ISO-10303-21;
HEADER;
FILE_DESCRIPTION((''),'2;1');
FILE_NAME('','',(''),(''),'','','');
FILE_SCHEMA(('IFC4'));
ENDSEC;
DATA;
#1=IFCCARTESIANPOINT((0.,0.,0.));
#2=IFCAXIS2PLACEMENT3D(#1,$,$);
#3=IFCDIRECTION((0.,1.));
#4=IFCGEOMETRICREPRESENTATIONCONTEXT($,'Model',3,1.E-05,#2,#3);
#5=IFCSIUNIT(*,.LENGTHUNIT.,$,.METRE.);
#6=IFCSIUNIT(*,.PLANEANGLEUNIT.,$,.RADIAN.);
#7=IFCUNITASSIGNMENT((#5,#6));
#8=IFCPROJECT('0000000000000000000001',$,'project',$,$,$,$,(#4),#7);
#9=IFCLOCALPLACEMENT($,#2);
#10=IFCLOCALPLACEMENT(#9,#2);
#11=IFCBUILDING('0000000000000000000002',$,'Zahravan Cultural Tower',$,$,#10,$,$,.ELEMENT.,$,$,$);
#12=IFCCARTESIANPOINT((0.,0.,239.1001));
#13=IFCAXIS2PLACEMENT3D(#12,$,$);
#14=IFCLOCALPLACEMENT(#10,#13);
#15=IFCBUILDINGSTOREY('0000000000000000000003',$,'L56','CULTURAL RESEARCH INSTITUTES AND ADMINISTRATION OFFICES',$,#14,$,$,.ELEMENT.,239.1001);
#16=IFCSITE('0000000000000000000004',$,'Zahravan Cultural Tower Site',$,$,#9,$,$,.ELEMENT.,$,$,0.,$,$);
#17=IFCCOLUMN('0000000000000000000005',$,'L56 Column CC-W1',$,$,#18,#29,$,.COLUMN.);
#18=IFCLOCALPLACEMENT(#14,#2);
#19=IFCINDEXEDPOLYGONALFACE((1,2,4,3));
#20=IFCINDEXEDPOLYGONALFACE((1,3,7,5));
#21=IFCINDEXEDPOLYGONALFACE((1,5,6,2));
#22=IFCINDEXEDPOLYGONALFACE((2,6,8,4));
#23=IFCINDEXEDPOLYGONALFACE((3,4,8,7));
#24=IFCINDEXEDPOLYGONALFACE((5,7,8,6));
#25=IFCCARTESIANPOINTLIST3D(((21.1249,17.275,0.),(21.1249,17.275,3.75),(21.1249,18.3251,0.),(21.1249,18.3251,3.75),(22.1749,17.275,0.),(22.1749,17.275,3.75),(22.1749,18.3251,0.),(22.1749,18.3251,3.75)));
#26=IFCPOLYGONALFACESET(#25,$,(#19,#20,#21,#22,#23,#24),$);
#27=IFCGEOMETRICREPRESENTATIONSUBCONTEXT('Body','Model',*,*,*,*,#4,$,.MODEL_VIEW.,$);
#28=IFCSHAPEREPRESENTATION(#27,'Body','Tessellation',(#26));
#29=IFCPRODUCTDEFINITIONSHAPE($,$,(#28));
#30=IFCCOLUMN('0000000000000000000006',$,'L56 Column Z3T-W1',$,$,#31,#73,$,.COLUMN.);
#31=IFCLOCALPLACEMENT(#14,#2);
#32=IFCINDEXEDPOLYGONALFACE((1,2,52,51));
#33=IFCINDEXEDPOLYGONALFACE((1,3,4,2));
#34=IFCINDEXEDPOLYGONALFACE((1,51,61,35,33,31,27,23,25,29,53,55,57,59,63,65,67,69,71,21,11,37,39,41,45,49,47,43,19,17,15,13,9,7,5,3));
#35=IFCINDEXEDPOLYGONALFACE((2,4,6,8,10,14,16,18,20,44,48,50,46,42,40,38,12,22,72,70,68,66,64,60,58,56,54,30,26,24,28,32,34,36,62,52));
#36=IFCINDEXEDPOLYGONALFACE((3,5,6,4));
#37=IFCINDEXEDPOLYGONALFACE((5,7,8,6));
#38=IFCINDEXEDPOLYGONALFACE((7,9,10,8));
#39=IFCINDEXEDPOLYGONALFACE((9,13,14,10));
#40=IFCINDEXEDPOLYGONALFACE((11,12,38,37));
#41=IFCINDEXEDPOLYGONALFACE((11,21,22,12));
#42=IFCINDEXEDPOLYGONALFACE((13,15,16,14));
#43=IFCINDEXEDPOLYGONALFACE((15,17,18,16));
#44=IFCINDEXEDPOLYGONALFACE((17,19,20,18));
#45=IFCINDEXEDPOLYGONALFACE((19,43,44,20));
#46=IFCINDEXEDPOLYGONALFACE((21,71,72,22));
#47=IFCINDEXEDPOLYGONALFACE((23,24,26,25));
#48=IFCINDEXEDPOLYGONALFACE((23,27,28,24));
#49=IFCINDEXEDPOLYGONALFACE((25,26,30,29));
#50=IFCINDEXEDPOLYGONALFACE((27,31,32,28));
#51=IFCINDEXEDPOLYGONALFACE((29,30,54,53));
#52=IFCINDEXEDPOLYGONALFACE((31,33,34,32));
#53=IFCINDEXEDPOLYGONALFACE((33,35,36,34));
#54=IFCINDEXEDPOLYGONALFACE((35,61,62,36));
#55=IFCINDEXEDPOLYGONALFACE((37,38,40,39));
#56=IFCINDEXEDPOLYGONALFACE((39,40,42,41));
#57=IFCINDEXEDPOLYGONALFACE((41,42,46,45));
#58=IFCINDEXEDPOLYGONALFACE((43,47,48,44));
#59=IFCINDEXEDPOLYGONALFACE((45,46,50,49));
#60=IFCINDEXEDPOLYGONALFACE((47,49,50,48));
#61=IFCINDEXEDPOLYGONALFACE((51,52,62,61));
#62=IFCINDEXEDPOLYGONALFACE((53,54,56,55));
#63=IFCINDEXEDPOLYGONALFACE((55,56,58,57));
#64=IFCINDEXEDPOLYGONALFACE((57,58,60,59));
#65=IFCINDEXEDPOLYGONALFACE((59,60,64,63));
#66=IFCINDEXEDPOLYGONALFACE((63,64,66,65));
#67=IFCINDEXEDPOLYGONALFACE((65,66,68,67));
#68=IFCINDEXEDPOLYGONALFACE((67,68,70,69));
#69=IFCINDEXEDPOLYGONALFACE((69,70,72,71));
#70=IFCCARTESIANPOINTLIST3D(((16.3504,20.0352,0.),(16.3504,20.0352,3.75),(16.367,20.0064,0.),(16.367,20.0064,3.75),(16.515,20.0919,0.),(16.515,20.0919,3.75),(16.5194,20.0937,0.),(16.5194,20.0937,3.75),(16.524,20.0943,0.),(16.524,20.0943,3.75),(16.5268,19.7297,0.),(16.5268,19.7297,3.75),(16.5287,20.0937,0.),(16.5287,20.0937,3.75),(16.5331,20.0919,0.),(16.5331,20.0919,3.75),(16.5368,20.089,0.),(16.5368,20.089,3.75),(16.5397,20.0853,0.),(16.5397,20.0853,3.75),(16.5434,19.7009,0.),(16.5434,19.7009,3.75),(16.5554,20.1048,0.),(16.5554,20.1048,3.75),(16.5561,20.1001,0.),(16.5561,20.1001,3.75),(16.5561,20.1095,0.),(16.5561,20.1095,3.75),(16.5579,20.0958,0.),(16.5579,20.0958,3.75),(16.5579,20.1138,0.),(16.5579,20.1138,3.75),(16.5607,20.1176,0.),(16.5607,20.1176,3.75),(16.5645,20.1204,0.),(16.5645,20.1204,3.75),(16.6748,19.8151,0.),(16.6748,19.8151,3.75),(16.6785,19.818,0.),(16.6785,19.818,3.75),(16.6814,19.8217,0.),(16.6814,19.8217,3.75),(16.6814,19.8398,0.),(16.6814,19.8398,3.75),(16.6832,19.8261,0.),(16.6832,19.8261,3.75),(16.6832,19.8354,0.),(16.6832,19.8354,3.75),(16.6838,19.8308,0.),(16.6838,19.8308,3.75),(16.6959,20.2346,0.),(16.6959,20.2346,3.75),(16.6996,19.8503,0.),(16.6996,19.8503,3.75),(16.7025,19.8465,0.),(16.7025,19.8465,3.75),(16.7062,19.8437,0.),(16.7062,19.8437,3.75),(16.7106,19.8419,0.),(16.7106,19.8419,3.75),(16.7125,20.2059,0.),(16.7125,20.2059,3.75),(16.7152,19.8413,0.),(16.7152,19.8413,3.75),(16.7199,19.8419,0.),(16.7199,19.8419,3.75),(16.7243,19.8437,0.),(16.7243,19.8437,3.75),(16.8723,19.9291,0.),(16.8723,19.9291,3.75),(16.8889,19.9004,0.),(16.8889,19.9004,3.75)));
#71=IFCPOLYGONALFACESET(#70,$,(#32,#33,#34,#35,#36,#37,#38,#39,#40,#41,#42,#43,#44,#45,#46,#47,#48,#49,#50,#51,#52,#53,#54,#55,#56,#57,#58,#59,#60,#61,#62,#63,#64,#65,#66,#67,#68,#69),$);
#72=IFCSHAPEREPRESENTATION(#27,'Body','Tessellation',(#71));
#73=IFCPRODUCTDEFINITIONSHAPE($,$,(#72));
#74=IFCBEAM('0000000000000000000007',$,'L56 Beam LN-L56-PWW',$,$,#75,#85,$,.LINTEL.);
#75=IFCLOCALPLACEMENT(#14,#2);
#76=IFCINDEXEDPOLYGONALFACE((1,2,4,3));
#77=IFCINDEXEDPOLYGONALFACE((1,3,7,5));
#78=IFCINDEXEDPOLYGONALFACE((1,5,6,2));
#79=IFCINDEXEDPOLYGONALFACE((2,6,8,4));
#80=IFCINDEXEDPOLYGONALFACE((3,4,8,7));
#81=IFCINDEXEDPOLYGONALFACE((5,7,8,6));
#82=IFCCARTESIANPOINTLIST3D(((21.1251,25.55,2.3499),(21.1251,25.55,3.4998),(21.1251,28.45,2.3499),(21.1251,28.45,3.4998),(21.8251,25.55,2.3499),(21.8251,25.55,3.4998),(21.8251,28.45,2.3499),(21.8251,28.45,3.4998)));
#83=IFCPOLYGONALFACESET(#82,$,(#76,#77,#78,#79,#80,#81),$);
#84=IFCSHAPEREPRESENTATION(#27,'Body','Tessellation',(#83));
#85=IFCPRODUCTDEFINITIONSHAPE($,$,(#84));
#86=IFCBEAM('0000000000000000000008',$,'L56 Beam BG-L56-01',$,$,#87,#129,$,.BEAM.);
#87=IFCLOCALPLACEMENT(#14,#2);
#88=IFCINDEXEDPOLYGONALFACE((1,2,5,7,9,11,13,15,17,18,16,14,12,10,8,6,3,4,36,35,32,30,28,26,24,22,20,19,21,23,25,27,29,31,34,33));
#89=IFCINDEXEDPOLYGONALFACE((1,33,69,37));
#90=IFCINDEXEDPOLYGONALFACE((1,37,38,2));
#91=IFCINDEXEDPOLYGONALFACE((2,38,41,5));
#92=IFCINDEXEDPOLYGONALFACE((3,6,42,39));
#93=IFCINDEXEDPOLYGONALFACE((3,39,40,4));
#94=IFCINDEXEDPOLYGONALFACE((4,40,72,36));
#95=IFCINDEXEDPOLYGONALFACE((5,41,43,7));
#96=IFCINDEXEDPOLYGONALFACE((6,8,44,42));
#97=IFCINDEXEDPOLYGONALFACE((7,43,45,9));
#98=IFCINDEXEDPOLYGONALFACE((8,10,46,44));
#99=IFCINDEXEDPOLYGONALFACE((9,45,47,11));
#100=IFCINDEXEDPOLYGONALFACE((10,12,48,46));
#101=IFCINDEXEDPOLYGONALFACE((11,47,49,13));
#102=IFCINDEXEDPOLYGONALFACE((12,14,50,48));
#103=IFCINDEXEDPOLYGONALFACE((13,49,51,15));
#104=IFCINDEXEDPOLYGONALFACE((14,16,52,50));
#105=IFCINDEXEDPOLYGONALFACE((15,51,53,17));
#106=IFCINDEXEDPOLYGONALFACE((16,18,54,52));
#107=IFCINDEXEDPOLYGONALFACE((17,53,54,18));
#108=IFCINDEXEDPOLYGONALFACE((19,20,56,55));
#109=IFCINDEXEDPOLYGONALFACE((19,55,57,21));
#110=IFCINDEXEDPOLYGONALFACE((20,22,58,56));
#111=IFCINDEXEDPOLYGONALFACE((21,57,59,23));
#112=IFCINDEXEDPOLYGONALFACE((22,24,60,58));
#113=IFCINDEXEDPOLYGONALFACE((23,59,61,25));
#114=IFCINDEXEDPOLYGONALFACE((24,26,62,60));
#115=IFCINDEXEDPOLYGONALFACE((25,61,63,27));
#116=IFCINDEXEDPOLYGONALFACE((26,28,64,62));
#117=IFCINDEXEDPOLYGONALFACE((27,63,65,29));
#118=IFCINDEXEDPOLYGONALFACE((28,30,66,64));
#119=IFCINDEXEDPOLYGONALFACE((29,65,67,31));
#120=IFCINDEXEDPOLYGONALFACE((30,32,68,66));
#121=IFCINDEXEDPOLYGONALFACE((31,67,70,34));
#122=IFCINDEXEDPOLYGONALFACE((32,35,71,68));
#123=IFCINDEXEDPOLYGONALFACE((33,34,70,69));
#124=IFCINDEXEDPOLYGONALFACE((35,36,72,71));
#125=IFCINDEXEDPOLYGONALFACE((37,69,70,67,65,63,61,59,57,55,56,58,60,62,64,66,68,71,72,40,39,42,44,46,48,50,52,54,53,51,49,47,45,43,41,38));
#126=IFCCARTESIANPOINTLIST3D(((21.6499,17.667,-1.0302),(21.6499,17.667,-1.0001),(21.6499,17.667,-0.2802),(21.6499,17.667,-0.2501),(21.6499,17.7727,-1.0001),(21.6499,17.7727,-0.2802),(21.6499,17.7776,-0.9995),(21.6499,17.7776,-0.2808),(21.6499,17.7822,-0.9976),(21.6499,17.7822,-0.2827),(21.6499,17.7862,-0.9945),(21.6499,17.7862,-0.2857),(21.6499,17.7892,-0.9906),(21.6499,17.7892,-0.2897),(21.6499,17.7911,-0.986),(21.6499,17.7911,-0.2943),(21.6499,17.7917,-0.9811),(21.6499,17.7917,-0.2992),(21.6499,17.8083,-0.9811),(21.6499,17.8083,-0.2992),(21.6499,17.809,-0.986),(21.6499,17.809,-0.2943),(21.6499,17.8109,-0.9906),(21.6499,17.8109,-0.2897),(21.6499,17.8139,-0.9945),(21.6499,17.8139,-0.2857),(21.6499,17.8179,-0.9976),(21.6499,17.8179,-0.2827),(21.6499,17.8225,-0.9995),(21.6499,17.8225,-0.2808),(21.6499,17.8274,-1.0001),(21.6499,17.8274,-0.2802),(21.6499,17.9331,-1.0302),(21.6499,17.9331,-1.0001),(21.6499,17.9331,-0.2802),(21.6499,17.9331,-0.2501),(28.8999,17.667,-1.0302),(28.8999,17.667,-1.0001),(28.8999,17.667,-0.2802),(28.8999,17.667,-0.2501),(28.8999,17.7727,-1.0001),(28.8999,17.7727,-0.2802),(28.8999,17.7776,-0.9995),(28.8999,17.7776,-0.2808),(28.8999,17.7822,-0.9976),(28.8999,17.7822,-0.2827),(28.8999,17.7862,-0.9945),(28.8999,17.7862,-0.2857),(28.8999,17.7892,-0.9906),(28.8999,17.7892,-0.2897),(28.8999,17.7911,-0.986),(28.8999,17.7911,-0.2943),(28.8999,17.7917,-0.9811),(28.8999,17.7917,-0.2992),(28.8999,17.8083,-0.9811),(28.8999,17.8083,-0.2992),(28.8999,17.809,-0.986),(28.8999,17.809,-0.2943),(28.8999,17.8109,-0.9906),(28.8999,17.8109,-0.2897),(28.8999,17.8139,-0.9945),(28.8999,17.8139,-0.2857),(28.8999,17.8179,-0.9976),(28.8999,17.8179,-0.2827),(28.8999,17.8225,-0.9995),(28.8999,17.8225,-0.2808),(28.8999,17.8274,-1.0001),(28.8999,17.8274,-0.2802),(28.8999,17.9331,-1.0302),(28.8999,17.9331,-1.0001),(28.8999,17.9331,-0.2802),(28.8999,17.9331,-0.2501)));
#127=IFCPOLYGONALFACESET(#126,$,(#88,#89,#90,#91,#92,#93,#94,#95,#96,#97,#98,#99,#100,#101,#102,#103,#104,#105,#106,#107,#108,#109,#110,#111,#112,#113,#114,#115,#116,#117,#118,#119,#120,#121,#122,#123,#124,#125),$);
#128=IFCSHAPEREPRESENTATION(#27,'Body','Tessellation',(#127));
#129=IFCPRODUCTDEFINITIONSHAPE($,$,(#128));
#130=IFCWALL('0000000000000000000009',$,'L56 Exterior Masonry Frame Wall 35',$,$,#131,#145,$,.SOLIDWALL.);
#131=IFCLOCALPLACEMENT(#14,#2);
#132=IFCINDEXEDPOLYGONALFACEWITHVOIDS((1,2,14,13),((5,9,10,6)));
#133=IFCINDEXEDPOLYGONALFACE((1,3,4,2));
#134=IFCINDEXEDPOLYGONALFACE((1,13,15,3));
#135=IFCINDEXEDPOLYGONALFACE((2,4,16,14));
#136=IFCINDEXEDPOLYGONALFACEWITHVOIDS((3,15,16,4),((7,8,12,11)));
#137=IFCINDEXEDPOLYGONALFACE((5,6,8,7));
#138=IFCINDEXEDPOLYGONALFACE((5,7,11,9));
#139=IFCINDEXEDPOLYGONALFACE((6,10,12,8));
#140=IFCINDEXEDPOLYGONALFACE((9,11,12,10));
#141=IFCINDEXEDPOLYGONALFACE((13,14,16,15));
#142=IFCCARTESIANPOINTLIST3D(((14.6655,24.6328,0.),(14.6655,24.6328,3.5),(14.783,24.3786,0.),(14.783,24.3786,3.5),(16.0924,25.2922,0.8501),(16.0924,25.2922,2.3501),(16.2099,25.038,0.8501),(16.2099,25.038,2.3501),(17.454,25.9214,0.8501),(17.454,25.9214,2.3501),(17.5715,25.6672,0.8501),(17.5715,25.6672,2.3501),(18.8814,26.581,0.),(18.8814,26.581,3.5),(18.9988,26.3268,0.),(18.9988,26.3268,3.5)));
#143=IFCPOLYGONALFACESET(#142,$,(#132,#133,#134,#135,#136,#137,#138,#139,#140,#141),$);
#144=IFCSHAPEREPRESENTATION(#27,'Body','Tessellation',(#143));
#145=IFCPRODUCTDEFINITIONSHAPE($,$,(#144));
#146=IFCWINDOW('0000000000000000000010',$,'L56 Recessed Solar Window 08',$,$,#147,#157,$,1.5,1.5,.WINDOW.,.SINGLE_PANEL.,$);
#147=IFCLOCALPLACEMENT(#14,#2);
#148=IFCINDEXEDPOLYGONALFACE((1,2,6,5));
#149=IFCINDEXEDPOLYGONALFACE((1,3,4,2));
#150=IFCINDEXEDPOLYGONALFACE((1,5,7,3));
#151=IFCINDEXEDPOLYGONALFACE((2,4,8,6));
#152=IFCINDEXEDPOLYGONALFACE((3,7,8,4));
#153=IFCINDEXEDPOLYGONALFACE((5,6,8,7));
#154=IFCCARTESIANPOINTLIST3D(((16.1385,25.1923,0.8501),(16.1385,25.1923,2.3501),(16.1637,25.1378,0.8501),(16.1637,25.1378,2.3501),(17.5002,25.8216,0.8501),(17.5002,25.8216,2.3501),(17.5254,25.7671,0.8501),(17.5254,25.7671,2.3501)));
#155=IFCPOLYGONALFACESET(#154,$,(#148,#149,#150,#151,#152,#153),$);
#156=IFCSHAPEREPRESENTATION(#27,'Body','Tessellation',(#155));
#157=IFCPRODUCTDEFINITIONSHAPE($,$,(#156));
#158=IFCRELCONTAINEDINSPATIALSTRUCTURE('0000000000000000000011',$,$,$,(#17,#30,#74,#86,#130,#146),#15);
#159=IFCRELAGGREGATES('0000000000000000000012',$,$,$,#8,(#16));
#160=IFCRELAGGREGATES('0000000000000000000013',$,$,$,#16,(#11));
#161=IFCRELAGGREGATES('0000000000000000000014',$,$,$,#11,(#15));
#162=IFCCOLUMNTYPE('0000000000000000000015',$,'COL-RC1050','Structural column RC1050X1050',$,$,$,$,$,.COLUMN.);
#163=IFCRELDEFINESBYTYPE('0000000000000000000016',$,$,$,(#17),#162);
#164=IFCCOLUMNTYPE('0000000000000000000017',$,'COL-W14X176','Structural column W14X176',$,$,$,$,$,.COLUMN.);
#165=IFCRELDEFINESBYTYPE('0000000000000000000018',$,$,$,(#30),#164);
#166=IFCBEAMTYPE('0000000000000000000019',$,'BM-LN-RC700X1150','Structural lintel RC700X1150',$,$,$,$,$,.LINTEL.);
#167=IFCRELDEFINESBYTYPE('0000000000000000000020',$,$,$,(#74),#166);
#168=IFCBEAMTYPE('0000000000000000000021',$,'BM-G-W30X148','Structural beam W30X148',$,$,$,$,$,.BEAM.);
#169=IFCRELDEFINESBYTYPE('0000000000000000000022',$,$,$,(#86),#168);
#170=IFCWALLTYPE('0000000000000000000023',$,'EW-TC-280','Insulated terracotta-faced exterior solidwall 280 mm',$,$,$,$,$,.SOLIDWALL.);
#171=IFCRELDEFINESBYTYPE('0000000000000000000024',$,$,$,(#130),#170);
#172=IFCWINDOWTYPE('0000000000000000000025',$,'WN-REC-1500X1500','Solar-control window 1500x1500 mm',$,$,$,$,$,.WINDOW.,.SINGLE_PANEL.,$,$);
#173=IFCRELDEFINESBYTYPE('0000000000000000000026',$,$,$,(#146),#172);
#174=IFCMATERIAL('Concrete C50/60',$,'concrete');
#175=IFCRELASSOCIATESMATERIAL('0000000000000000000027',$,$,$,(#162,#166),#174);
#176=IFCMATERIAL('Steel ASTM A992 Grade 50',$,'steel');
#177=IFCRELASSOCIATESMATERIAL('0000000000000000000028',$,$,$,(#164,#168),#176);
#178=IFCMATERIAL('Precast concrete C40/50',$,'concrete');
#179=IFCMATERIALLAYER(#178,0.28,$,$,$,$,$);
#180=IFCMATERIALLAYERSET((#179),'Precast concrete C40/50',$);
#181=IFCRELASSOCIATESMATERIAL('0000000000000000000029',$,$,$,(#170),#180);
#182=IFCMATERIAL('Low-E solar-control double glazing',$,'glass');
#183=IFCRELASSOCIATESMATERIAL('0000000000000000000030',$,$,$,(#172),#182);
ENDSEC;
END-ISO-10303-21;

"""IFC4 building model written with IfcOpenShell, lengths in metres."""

from ifc_helpers import new_model, si_unit, direction, frame, frame_2d, origin, origin_2d, place, context, subcontext, project, spatial, rectangle, i_section, extrude, source, transform, mapped, material, layer, layer_set, material_profile, profile_set, type_object, element, fill, save


model = new_model("IFC4")

# Units and contexts
model_context = context("Model", 3, precision=1e-05, world=origin(), true_north=direction((0.0, 1.0)))
body_context = subcontext(model_context, "Body", "Model", "MODEL_VIEW")
ifc_project = project(units=[si_unit("LENGTHUNIT", "METRE"), si_unit("PLANEANGLEUNIT", "RADIAN")], contexts=[model_context])

# Site, building, storey
site_placement = place(None, origin())
site = spatial("IfcSite", under=ifc_project, at=site_placement, Name="Zahravan Cultural Tower Site", CompositionType="ELEMENT", RefElevation=0.0)
building_placement = place(site_placement, origin())
building = spatial("IfcBuilding", under=site, at=building_placement, Name="Zahravan Cultural Tower", CompositionType="ELEMENT")
storey_placement = place(building_placement, frame((0.0, 0.0, 239.1001)))
storey = spatial("IfcBuildingStorey", under=building, at=storey_placement, Name="L56", Description="CULTURAL RESEARCH INSTITUTES AND ADMINISTRATION OFFICES", CompositionType="ELEMENT", Elevation=239.1001)

# Columns
ifc_material_1 = material(Name="Concrete C50/60", Category="concrete")
ifc_material_profile_1 = material_profile(ifc_material_1, rectangle(XDim=1.05, YDim=1.05, at=origin_2d()), Name="RC1050X1050")
ifc_profile_set_1 = profile_set([ifc_material_profile_1], Name="Concrete C50/60")
column_type_1 = type_object("IfcColumnType", Name="COL-RC1050", Description="Structural column RC1050X1050", PredefinedType="COLUMN", material=ifc_profile_set_1)
shared_shape_1 = source(origin(), body_context, "Body", "SweptSolid", [
    extrude(rectangle(XDim=1.05, YDim=1.05, at=origin_2d()), origin(), (0.0, 0.0, 1.0), 3.75),
])
column_1_placement = place(storey_placement, frame((21.6499, 17.8, 0.0), z_axis=(0.0, 0.0, 1.0), x_axis=(1.0, 0.0, 0.0)))
element("IfcColumn", 1, at=column_1_placement, inside=storey, type_object=column_type_1, Name="L56 Column CC-W1", PredefinedType="COLUMN", context=body_context, shape_type="MappedRepresentation", body=[
    mapped(shared_shape_1, transform((0.0, 0.0, 0.0), x_axis=(1.0, 0.0, 0.0), y_axis=(0.0, 1.0, 0.0), z_axis=(0.0, 0.0, 1.0), scale=1.0)),
])
ifc_material_2 = material(Name="Steel ASTM A992 Grade 50", Category="steel")
ifc_material_profile_2 = material_profile(ifc_material_2, i_section(OverallWidth=0.3989, OverallDepth=0.386, WebThickness=0.021, FlangeThickness=0.0332, FilletRadius=0.0181, at=origin_2d()), Name="W14X176")
ifc_profile_set_2 = profile_set([ifc_material_profile_2], Name="Steel ASTM A992 Grade 50")
column_type_2 = type_object("IfcColumnType", Name="COL-W14X176", Description="Structural column W14X176", PredefinedType="COLUMN", material=ifc_profile_set_2)
shared_shape_2 = source(origin(), body_context, "Body", "SweptSolid", [
    extrude(i_section(OverallWidth=0.3989, OverallDepth=0.386, WebThickness=0.021, FlangeThickness=0.0332, FilletRadius=0.0181, at=origin_2d()), origin(), (0.0, 0.0, 1.0), 3.75),
])
column_2_placement = place(storey_placement, frame((16.6196, 19.9678, 0.0), z_axis=(0.0, 0.0, 1.0), x_axis=(0.866025, 0.5, 0.0)))
element("IfcColumn", 2, at=column_2_placement, inside=storey, type_object=column_type_2, Name="L56 Column Z3T-W1", PredefinedType="COLUMN", context=body_context, shape_type="MappedRepresentation", body=[
    mapped(shared_shape_2, transform((0.0, 0.0, 0.0), x_axis=(1.0, 0.0, 0.0), y_axis=(0.0, 1.0, 0.0), z_axis=(0.0, 0.0, 1.0), scale=1.0)),
])

# Beams
ifc_material_profile_3 = material_profile(ifc_material_1, rectangle(XDim=0.7, YDim=1.1499, at=origin_2d()), Name="RC700X1150")
ifc_profile_set_3 = profile_set([ifc_material_profile_3], Name="Concrete C50/60")
beam_type_1 = type_object("IfcBeamType", Name="BM-LN-RC700X1150", Description="Structural lintel RC700X1150", PredefinedType="LINTEL", material=ifc_profile_set_3)
shared_shape_3 = source(origin(), body_context, "Body", "SweptSolid", [
    extrude(rectangle(XDim=0.7, YDim=1.1499, at=origin_2d()), origin(), (0.0, 0.0, 1.0), 2.8999),
])
beam_1_placement = place(storey_placement, frame((21.4751, 25.55, 2.9248), z_axis=(0.0, 1.0, 0.0), x_axis=(-1.0, 0.0, 0.0)))
element("IfcBeam", 3, at=beam_1_placement, inside=storey, type_object=beam_type_1, Name="L56 Beam LN-L56-PWW", PredefinedType="LINTEL", context=body_context, shape_type="MappedRepresentation", body=[
    mapped(shared_shape_3, transform((0.0, 0.0, 0.0), x_axis=(1.0, 0.0, 0.0), y_axis=(0.0, 1.0, 0.0), z_axis=(0.0, 0.0, 1.0), scale=1.0)),
])
ifc_material_profile_4 = material_profile(ifc_material_2, i_section(OverallWidth=0.2661, OverallDepth=0.78, WebThickness=0.0166, FlangeThickness=0.03, FilletRadius=0.019, at=origin_2d()), Name="W30X148")
ifc_profile_set_4 = profile_set([ifc_material_profile_4], Name="Steel ASTM A992 Grade 50")
beam_type_2 = type_object("IfcBeamType", Name="BM-G-W30X148", Description="Structural beam W30X148", PredefinedType="BEAM", material=ifc_profile_set_4)
shared_shape_4 = source(origin(), body_context, "Body", "SweptSolid", [
    extrude(i_section(OverallWidth=0.2661, OverallDepth=0.78, WebThickness=0.0166, FlangeThickness=0.03, FilletRadius=0.019, at=origin_2d()), origin(), (0.0, 0.0, 1.0), 7.25),
])
beam_2_placement = place(storey_placement, frame((21.6499, 17.8, -0.6401), z_axis=(1.0, 0.0, 0.0), x_axis=(0.0, 1.0, 0.0)))
element("IfcBeam", 4, at=beam_2_placement, inside=storey, type_object=beam_type_2, Name="L56 Beam BG-L56-01", PredefinedType="BEAM", context=body_context, shape_type="MappedRepresentation", body=[
    mapped(shared_shape_4, transform((0.0, 0.0, 0.0), x_axis=(1.0, 0.0, 0.0), y_axis=(0.0, 1.0, 0.0), z_axis=(0.0, 0.0, 1.0), scale=1.0)),
])

# Wall, opening, window
ifc_material_3 = material(Name="Precast concrete C40/50", Category="concrete")
ifc_layer_1 = layer(ifc_material_3, 0.28)
ifc_layer_set_1 = layer_set([ifc_layer_1], Name="Precast concrete C40/50")
wall_type_1 = type_object("IfcWallType", Name="EW-TC-280", Description="Insulated terracotta-faced exterior solidwall 280 mm", PredefinedType="SOLIDWALL", material=ifc_layer_set_1)
wall_1_placement = place(storey_placement, frame((14.7241, 24.5056, 0.0), z_axis=(0.0, 0.0, 1.0), x_axis=(0.907756, 0.419498, 0.0)))
wall_1 = element("IfcWall", 5, at=wall_1_placement, inside=storey, type_object=wall_type_1, Name="L56 Exterior Masonry Frame Wall 35", PredefinedType="SOLIDWALL", context=body_context, shape_type="SweptSolid", body=[
    extrude(rectangle(XDim=4.6443, YDim=0.28, at=frame_2d((2.3223, 0.0))), origin(), (0.0, 0.0, 1.0), 3.5),
])
opening_placement = place(wall_1_placement, frame((1.572, 0.0, 0.8501)))
opening = element("IfcOpeningElement", 6, at=opening_placement, cuts=wall_1, PredefinedType="OPENING", context=body_context, shape_type="SweptSolid", body=[
    extrude(rectangle(XDim=1.5, YDim=1.5, at=frame_2d((0.75, 0.75))), frame((0.0, 0.1499, 0.0), z_axis=(0.0, -1.0, 0.0), x_axis=(1.0, 0.0, 0.0)), (0.0, 0.0, 1.0), 0.3),
])
ifc_material_4 = material(Name="Low-E solar-control double glazing", Category="glass")
window_type = type_object("IfcWindowType", Name="WN-REC-1500X1500", Description="Solar-control window 1500x1500 mm", PartitioningType="SINGLE_PANEL", PredefinedType="WINDOW", material=ifc_material_4)
shared_shape_5 = source(origin(), body_context, "Body", "SweptSolid", [
    extrude(rectangle(XDim=1.5, YDim=1.5, at=frame_2d((0.75, 0.75))), frame((0.0, 0.03, 0.0), z_axis=(0.0, -1.0, 0.0), x_axis=(1.0, 0.0, 0.0)), (0.0, 0.0, 1.0), 0.0601),
])
window_placement = place(opening_placement, origin())
window = element("IfcWindow", 7, at=window_placement, inside=storey, type_object=window_type, Name="L56 Recessed Solar Window 08", OverallHeight=1.5, OverallWidth=1.5, PartitioningType="SINGLE_PANEL", PredefinedType="WINDOW", context=body_context, shape_type="MappedRepresentation", body=[
    mapped(shared_shape_5, transform((0.0, 0.0, 0.0), x_axis=(1.0, 0.0, 0.0), y_axis=(0.0, 1.0, 0.0), z_axis=(0.0, 0.0, 1.0), scale=1.0)),
])
fill(opening, window)

save(model, "model.ifc")
